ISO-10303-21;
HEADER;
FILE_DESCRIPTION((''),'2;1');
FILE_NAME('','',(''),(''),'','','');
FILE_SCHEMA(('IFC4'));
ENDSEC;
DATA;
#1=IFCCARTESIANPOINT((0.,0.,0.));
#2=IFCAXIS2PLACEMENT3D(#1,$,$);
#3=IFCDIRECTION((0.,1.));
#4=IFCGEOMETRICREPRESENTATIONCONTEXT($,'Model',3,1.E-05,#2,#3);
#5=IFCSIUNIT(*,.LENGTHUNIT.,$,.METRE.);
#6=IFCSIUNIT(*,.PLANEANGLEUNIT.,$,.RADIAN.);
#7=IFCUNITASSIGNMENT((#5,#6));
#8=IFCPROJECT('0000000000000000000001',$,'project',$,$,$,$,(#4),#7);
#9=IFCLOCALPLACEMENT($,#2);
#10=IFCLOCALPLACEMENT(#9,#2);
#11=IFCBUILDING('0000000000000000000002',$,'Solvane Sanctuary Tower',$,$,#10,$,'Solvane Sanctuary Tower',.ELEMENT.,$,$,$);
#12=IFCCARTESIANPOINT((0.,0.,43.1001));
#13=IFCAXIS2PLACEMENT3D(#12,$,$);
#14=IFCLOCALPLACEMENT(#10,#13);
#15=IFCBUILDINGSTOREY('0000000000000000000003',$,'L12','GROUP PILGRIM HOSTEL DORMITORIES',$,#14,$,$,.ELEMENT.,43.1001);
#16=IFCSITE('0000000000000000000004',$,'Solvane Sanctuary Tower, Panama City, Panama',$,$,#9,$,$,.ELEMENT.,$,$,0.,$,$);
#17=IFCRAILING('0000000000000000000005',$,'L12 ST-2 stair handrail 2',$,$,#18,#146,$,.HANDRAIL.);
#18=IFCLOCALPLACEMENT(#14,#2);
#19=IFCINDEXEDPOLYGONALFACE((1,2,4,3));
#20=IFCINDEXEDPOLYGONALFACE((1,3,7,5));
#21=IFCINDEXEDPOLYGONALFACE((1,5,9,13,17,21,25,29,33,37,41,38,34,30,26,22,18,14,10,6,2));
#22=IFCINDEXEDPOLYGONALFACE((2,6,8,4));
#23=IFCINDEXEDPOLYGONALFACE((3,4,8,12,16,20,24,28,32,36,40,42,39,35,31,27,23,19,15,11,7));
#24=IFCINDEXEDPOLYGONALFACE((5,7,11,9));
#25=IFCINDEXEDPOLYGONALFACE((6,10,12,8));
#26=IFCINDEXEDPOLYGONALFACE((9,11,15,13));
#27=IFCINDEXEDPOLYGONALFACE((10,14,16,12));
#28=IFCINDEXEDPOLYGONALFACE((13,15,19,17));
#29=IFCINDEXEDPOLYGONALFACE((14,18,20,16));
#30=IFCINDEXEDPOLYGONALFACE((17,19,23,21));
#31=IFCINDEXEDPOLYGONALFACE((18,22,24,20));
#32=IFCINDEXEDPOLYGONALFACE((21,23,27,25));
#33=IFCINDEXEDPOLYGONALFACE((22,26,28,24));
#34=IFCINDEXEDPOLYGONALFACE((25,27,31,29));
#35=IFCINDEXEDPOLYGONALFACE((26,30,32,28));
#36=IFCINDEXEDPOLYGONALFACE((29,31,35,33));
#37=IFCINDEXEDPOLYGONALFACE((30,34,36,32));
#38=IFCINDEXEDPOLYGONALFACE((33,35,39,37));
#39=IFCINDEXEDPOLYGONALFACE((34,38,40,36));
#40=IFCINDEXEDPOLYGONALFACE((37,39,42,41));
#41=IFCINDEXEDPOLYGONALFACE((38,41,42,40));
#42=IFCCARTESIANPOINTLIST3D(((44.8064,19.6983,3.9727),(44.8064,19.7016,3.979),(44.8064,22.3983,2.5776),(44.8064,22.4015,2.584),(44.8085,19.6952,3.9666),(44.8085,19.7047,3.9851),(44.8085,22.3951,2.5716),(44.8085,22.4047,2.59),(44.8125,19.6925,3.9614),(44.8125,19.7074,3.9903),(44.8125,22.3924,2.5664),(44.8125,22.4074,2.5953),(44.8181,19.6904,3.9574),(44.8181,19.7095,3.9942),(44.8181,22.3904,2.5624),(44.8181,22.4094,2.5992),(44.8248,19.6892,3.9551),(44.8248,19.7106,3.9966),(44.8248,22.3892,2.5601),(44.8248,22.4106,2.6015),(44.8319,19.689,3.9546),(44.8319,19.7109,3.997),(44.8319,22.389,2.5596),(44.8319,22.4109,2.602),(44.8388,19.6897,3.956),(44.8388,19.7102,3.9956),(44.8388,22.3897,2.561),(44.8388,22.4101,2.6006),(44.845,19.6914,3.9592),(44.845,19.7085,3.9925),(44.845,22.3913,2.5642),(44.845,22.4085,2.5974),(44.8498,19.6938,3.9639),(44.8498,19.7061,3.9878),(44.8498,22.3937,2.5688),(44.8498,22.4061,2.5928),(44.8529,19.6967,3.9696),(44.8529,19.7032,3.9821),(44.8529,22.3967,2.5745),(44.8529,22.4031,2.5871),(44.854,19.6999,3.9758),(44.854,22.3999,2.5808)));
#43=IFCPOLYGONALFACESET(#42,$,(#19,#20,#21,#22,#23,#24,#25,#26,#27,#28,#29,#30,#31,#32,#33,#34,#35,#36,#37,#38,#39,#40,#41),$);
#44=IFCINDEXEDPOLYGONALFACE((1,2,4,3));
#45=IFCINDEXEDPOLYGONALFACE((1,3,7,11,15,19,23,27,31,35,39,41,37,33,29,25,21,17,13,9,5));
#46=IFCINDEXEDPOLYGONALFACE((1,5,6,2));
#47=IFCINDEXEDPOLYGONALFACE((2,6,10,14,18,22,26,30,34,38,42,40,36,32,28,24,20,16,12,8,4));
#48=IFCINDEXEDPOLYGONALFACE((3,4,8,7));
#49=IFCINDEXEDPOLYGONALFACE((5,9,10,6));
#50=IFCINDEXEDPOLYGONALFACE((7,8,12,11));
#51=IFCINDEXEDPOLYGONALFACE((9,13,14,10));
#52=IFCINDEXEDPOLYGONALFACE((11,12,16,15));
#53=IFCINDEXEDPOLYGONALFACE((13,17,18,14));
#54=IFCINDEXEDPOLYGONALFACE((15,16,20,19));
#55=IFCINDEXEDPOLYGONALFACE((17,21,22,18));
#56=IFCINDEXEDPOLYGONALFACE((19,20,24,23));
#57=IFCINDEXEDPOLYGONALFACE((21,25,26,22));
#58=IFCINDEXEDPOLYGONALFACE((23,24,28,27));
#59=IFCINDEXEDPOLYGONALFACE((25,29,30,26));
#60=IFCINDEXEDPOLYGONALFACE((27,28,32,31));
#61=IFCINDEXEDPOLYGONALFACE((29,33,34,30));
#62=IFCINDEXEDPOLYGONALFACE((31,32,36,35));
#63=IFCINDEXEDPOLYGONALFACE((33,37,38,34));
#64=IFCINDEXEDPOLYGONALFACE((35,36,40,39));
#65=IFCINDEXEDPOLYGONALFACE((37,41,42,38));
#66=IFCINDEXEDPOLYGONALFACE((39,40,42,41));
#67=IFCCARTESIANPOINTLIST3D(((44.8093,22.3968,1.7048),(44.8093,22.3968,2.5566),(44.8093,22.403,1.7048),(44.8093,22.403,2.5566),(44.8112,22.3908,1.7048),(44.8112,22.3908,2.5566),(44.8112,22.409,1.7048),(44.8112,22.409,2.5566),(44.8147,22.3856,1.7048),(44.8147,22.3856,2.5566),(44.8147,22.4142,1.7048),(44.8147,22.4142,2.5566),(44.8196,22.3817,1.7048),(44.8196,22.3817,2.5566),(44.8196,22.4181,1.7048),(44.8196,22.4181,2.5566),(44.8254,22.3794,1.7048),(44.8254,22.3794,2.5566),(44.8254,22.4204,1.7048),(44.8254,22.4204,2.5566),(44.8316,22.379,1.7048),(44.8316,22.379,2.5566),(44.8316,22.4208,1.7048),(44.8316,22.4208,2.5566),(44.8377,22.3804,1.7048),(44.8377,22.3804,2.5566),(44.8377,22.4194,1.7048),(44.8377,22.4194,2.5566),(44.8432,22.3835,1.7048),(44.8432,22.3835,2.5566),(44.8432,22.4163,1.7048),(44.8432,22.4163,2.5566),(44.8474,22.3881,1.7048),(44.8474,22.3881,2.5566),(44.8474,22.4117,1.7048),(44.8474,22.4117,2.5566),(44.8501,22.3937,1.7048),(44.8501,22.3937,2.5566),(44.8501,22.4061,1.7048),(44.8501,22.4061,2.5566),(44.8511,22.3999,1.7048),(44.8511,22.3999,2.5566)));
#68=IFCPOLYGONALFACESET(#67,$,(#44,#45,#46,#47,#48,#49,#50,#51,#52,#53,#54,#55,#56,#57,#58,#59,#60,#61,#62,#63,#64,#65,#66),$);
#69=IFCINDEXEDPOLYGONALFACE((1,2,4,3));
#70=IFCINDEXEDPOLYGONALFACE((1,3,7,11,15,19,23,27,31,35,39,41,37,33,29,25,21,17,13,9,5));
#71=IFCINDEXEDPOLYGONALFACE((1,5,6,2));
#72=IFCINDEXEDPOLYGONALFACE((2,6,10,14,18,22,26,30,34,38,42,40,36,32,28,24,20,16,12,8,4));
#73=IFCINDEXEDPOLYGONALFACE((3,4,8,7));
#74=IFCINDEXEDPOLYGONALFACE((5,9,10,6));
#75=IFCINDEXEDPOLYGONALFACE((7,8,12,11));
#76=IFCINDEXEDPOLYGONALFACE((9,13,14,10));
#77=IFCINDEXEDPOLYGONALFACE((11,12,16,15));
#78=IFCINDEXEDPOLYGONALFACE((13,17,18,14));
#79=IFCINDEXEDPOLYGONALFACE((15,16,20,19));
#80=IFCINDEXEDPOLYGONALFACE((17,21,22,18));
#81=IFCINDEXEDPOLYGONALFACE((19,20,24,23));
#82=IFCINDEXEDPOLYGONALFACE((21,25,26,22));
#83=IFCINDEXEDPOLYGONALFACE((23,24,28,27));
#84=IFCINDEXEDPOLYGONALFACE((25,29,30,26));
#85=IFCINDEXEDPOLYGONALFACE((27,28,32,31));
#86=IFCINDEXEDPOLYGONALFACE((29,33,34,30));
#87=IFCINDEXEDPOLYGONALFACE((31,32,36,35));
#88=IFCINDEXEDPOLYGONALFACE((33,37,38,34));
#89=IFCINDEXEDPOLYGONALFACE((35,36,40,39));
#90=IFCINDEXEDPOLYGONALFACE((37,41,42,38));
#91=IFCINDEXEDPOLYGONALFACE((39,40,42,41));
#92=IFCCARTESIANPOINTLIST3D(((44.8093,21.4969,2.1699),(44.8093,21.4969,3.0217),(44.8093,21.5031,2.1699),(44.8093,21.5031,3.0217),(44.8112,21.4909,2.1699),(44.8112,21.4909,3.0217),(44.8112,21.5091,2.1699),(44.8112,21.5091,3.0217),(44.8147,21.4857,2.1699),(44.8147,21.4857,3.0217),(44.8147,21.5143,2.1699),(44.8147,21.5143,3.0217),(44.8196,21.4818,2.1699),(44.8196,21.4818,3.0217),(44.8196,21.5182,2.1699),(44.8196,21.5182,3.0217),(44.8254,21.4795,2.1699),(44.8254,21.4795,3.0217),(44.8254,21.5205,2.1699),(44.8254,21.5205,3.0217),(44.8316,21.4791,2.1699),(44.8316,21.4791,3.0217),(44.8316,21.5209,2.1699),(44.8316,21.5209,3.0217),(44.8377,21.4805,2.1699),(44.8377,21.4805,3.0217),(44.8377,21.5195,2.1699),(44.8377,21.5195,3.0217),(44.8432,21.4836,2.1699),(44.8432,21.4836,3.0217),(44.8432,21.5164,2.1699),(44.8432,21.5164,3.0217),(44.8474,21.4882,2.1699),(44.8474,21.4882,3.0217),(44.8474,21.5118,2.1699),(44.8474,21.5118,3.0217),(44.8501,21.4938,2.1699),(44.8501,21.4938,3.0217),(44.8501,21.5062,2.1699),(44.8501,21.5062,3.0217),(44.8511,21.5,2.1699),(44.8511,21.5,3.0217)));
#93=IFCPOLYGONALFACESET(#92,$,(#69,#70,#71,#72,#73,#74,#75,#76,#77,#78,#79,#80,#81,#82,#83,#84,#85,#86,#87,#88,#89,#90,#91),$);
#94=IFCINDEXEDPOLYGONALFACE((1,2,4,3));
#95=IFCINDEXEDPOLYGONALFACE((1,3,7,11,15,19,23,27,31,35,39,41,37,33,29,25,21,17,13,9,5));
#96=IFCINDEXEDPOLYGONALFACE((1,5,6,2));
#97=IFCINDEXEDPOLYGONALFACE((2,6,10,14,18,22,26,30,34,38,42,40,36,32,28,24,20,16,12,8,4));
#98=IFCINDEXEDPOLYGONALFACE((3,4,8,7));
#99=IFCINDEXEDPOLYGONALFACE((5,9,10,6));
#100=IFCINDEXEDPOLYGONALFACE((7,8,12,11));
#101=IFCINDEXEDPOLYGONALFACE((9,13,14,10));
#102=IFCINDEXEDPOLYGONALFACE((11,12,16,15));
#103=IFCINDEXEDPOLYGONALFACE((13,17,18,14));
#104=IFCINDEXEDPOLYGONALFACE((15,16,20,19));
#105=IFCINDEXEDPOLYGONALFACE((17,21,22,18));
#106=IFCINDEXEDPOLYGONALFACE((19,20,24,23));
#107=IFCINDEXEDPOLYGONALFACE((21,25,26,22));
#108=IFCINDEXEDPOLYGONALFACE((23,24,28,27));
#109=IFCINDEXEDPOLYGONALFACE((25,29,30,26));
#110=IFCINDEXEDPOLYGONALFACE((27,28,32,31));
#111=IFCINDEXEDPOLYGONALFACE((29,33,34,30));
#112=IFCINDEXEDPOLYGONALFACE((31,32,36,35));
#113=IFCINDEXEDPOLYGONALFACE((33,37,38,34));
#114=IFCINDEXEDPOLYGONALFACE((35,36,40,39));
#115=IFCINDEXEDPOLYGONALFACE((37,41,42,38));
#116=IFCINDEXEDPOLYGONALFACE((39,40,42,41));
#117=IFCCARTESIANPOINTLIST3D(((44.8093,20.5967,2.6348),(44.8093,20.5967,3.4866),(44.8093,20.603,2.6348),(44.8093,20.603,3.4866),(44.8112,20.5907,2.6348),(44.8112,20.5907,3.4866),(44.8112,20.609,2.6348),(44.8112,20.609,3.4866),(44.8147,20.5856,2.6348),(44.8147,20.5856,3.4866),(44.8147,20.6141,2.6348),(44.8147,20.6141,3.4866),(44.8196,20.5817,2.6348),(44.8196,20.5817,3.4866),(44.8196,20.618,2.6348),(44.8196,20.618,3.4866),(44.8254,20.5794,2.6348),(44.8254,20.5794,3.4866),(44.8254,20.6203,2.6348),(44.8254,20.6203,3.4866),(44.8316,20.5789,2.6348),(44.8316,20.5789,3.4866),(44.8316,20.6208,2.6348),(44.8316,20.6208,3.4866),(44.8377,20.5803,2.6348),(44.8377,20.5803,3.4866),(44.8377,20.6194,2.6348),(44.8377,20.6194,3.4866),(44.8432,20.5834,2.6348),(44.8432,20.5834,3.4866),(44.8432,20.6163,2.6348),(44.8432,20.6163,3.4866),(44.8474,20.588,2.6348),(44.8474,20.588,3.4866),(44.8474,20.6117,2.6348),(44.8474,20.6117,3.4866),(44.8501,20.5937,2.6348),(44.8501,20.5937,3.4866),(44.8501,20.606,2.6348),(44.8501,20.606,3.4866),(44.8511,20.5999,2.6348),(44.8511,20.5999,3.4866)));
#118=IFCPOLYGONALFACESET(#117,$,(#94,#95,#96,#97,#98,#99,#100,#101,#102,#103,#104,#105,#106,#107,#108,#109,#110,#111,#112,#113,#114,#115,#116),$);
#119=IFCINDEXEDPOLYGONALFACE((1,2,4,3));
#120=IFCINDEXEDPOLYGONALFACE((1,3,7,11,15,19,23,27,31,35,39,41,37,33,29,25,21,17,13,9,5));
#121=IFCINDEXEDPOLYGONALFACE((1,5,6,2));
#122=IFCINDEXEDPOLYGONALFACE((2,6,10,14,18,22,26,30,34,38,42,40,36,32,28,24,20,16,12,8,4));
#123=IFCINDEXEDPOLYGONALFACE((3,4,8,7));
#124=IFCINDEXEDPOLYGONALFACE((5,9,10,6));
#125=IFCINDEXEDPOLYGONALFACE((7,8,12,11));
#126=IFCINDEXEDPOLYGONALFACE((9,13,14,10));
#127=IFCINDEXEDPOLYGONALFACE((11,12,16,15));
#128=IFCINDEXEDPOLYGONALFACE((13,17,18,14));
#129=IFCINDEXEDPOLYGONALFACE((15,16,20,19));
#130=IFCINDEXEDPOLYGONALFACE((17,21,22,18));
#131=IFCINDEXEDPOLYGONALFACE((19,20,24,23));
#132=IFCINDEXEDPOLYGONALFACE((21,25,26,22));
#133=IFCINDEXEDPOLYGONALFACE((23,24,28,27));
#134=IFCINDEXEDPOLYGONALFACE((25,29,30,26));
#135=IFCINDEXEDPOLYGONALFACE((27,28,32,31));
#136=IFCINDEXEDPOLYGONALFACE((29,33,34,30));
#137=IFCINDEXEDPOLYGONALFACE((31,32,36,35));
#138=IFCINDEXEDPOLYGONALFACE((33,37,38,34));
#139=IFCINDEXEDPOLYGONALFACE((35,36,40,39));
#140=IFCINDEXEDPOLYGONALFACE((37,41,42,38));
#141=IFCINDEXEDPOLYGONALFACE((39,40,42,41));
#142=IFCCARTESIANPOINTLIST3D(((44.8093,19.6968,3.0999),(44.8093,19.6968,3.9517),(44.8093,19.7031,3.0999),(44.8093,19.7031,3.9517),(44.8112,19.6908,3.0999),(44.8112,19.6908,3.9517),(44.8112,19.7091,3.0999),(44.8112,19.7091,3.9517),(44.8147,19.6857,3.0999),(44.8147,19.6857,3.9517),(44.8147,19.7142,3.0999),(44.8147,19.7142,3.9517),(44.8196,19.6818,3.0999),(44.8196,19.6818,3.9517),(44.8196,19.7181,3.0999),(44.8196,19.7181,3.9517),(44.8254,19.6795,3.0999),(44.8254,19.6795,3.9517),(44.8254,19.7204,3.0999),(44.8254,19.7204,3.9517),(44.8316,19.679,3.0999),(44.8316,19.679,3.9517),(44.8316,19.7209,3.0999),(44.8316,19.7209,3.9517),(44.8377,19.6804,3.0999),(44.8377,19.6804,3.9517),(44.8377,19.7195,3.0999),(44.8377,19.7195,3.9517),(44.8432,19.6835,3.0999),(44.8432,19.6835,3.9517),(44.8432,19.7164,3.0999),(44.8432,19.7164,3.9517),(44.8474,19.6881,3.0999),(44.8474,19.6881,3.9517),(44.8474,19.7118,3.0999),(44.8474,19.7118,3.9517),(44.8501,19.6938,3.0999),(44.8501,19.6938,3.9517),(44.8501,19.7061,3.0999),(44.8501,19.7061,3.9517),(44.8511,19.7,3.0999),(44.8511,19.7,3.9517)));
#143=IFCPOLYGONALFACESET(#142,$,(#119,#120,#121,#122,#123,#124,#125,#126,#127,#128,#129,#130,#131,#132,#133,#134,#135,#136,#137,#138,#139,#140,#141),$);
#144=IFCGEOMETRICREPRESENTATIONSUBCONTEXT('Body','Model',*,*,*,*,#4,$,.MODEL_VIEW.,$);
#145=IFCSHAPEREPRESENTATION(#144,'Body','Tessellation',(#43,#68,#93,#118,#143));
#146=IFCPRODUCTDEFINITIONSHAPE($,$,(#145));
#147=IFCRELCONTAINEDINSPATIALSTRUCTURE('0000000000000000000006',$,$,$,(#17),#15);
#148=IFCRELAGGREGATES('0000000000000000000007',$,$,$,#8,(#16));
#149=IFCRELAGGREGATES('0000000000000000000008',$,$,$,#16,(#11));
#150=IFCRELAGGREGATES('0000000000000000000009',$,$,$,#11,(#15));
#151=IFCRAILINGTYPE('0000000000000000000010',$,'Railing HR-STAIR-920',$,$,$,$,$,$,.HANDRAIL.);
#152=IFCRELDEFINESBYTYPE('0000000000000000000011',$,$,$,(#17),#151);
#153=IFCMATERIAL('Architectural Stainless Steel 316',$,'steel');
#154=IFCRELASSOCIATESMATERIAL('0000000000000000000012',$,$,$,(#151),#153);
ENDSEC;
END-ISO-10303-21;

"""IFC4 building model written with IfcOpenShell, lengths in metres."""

from ifc_helpers import new_model, si_unit, direction, frame, origin, origin_2d, place, context, subcontext, project, spatial, circle, extrude, material, type_object, element, save


model = new_model("IFC4")

# Units and contexts
model_context = context("Model", 3, precision=1e-05, world=origin(), true_north=direction((0.0, 1.0)))
body_context = subcontext(model_context, "Body", "Model", "MODEL_VIEW")
ifc_project = project(units=[si_unit("LENGTHUNIT", "METRE"), si_unit("PLANEANGLEUNIT", "RADIAN")], contexts=[model_context])

# Site, building, storey
site_placement = place(None, origin())
site = spatial("IfcSite", under=ifc_project, at=site_placement, Name="Solvane Sanctuary Tower, Panama City, Panama", CompositionType="ELEMENT", RefElevation=0.0)
building_placement = place(site_placement, origin())
building = spatial("IfcBuilding", under=site, at=building_placement, Name="Solvane Sanctuary Tower", LongName="Solvane Sanctuary Tower", CompositionType="ELEMENT")
storey_placement = place(building_placement, frame((0.0, 0.0, 43.1001)))
storey = spatial("IfcBuildingStorey", under=building, at=storey_placement, Name="L12", Description="GROUP PILGRIM HOSTEL DORMITORIES", CompositionType="ELEMENT", Elevation=43.1001)

# Shared definitions
ifc_material_1 = material(Name="Architectural Stainless Steel 316", Category="steel")

# Railing
railing_type_1 = type_object("IfcRailingType", Name="Railing HR-STAIR-920", PredefinedType="HANDRAIL", material=ifc_material_1)
railing_1_placement = place(storey_placement, frame((44.8301, 22.3999, 1.7048)))
element("IfcRailing", 1, at=railing_1_placement, inside=storey, type_object=railing_type_1, Name="L12 ST-2 stair handrail 2", PredefinedType="HANDRAIL", context=body_context, shape_type="SweptSolid", body=[
    extrude(circle(Radius=0.0239, at=origin_2d()), frame((0.0, 0.0, 0.876), z_axis=(0.0, -0.88842, 0.459032), x_axis=(1.0, 0.0, 0.0)), (0.0, 0.0, 1.0), 3.0391),
    extrude(circle(Radius=0.021, at=origin_2d()), origin(), (0.0, 0.0, 1.0), 0.8518),
    extrude(circle(Radius=0.021, at=origin_2d()), frame((0.0, -0.8999, 0.4651)), (0.0, 0.0, 1.0), 0.8518),
    extrude(circle(Radius=0.021, at=origin_2d()), frame((0.0, -1.8, 0.9299)), (0.0, 0.0, 1.0), 0.8518),
    extrude(circle(Radius=0.021, at=origin_2d()), frame((0.0, -2.7, 1.395)), (0.0, 0.0, 1.0), 0.8518),
])

save(model, "model.ifc")
